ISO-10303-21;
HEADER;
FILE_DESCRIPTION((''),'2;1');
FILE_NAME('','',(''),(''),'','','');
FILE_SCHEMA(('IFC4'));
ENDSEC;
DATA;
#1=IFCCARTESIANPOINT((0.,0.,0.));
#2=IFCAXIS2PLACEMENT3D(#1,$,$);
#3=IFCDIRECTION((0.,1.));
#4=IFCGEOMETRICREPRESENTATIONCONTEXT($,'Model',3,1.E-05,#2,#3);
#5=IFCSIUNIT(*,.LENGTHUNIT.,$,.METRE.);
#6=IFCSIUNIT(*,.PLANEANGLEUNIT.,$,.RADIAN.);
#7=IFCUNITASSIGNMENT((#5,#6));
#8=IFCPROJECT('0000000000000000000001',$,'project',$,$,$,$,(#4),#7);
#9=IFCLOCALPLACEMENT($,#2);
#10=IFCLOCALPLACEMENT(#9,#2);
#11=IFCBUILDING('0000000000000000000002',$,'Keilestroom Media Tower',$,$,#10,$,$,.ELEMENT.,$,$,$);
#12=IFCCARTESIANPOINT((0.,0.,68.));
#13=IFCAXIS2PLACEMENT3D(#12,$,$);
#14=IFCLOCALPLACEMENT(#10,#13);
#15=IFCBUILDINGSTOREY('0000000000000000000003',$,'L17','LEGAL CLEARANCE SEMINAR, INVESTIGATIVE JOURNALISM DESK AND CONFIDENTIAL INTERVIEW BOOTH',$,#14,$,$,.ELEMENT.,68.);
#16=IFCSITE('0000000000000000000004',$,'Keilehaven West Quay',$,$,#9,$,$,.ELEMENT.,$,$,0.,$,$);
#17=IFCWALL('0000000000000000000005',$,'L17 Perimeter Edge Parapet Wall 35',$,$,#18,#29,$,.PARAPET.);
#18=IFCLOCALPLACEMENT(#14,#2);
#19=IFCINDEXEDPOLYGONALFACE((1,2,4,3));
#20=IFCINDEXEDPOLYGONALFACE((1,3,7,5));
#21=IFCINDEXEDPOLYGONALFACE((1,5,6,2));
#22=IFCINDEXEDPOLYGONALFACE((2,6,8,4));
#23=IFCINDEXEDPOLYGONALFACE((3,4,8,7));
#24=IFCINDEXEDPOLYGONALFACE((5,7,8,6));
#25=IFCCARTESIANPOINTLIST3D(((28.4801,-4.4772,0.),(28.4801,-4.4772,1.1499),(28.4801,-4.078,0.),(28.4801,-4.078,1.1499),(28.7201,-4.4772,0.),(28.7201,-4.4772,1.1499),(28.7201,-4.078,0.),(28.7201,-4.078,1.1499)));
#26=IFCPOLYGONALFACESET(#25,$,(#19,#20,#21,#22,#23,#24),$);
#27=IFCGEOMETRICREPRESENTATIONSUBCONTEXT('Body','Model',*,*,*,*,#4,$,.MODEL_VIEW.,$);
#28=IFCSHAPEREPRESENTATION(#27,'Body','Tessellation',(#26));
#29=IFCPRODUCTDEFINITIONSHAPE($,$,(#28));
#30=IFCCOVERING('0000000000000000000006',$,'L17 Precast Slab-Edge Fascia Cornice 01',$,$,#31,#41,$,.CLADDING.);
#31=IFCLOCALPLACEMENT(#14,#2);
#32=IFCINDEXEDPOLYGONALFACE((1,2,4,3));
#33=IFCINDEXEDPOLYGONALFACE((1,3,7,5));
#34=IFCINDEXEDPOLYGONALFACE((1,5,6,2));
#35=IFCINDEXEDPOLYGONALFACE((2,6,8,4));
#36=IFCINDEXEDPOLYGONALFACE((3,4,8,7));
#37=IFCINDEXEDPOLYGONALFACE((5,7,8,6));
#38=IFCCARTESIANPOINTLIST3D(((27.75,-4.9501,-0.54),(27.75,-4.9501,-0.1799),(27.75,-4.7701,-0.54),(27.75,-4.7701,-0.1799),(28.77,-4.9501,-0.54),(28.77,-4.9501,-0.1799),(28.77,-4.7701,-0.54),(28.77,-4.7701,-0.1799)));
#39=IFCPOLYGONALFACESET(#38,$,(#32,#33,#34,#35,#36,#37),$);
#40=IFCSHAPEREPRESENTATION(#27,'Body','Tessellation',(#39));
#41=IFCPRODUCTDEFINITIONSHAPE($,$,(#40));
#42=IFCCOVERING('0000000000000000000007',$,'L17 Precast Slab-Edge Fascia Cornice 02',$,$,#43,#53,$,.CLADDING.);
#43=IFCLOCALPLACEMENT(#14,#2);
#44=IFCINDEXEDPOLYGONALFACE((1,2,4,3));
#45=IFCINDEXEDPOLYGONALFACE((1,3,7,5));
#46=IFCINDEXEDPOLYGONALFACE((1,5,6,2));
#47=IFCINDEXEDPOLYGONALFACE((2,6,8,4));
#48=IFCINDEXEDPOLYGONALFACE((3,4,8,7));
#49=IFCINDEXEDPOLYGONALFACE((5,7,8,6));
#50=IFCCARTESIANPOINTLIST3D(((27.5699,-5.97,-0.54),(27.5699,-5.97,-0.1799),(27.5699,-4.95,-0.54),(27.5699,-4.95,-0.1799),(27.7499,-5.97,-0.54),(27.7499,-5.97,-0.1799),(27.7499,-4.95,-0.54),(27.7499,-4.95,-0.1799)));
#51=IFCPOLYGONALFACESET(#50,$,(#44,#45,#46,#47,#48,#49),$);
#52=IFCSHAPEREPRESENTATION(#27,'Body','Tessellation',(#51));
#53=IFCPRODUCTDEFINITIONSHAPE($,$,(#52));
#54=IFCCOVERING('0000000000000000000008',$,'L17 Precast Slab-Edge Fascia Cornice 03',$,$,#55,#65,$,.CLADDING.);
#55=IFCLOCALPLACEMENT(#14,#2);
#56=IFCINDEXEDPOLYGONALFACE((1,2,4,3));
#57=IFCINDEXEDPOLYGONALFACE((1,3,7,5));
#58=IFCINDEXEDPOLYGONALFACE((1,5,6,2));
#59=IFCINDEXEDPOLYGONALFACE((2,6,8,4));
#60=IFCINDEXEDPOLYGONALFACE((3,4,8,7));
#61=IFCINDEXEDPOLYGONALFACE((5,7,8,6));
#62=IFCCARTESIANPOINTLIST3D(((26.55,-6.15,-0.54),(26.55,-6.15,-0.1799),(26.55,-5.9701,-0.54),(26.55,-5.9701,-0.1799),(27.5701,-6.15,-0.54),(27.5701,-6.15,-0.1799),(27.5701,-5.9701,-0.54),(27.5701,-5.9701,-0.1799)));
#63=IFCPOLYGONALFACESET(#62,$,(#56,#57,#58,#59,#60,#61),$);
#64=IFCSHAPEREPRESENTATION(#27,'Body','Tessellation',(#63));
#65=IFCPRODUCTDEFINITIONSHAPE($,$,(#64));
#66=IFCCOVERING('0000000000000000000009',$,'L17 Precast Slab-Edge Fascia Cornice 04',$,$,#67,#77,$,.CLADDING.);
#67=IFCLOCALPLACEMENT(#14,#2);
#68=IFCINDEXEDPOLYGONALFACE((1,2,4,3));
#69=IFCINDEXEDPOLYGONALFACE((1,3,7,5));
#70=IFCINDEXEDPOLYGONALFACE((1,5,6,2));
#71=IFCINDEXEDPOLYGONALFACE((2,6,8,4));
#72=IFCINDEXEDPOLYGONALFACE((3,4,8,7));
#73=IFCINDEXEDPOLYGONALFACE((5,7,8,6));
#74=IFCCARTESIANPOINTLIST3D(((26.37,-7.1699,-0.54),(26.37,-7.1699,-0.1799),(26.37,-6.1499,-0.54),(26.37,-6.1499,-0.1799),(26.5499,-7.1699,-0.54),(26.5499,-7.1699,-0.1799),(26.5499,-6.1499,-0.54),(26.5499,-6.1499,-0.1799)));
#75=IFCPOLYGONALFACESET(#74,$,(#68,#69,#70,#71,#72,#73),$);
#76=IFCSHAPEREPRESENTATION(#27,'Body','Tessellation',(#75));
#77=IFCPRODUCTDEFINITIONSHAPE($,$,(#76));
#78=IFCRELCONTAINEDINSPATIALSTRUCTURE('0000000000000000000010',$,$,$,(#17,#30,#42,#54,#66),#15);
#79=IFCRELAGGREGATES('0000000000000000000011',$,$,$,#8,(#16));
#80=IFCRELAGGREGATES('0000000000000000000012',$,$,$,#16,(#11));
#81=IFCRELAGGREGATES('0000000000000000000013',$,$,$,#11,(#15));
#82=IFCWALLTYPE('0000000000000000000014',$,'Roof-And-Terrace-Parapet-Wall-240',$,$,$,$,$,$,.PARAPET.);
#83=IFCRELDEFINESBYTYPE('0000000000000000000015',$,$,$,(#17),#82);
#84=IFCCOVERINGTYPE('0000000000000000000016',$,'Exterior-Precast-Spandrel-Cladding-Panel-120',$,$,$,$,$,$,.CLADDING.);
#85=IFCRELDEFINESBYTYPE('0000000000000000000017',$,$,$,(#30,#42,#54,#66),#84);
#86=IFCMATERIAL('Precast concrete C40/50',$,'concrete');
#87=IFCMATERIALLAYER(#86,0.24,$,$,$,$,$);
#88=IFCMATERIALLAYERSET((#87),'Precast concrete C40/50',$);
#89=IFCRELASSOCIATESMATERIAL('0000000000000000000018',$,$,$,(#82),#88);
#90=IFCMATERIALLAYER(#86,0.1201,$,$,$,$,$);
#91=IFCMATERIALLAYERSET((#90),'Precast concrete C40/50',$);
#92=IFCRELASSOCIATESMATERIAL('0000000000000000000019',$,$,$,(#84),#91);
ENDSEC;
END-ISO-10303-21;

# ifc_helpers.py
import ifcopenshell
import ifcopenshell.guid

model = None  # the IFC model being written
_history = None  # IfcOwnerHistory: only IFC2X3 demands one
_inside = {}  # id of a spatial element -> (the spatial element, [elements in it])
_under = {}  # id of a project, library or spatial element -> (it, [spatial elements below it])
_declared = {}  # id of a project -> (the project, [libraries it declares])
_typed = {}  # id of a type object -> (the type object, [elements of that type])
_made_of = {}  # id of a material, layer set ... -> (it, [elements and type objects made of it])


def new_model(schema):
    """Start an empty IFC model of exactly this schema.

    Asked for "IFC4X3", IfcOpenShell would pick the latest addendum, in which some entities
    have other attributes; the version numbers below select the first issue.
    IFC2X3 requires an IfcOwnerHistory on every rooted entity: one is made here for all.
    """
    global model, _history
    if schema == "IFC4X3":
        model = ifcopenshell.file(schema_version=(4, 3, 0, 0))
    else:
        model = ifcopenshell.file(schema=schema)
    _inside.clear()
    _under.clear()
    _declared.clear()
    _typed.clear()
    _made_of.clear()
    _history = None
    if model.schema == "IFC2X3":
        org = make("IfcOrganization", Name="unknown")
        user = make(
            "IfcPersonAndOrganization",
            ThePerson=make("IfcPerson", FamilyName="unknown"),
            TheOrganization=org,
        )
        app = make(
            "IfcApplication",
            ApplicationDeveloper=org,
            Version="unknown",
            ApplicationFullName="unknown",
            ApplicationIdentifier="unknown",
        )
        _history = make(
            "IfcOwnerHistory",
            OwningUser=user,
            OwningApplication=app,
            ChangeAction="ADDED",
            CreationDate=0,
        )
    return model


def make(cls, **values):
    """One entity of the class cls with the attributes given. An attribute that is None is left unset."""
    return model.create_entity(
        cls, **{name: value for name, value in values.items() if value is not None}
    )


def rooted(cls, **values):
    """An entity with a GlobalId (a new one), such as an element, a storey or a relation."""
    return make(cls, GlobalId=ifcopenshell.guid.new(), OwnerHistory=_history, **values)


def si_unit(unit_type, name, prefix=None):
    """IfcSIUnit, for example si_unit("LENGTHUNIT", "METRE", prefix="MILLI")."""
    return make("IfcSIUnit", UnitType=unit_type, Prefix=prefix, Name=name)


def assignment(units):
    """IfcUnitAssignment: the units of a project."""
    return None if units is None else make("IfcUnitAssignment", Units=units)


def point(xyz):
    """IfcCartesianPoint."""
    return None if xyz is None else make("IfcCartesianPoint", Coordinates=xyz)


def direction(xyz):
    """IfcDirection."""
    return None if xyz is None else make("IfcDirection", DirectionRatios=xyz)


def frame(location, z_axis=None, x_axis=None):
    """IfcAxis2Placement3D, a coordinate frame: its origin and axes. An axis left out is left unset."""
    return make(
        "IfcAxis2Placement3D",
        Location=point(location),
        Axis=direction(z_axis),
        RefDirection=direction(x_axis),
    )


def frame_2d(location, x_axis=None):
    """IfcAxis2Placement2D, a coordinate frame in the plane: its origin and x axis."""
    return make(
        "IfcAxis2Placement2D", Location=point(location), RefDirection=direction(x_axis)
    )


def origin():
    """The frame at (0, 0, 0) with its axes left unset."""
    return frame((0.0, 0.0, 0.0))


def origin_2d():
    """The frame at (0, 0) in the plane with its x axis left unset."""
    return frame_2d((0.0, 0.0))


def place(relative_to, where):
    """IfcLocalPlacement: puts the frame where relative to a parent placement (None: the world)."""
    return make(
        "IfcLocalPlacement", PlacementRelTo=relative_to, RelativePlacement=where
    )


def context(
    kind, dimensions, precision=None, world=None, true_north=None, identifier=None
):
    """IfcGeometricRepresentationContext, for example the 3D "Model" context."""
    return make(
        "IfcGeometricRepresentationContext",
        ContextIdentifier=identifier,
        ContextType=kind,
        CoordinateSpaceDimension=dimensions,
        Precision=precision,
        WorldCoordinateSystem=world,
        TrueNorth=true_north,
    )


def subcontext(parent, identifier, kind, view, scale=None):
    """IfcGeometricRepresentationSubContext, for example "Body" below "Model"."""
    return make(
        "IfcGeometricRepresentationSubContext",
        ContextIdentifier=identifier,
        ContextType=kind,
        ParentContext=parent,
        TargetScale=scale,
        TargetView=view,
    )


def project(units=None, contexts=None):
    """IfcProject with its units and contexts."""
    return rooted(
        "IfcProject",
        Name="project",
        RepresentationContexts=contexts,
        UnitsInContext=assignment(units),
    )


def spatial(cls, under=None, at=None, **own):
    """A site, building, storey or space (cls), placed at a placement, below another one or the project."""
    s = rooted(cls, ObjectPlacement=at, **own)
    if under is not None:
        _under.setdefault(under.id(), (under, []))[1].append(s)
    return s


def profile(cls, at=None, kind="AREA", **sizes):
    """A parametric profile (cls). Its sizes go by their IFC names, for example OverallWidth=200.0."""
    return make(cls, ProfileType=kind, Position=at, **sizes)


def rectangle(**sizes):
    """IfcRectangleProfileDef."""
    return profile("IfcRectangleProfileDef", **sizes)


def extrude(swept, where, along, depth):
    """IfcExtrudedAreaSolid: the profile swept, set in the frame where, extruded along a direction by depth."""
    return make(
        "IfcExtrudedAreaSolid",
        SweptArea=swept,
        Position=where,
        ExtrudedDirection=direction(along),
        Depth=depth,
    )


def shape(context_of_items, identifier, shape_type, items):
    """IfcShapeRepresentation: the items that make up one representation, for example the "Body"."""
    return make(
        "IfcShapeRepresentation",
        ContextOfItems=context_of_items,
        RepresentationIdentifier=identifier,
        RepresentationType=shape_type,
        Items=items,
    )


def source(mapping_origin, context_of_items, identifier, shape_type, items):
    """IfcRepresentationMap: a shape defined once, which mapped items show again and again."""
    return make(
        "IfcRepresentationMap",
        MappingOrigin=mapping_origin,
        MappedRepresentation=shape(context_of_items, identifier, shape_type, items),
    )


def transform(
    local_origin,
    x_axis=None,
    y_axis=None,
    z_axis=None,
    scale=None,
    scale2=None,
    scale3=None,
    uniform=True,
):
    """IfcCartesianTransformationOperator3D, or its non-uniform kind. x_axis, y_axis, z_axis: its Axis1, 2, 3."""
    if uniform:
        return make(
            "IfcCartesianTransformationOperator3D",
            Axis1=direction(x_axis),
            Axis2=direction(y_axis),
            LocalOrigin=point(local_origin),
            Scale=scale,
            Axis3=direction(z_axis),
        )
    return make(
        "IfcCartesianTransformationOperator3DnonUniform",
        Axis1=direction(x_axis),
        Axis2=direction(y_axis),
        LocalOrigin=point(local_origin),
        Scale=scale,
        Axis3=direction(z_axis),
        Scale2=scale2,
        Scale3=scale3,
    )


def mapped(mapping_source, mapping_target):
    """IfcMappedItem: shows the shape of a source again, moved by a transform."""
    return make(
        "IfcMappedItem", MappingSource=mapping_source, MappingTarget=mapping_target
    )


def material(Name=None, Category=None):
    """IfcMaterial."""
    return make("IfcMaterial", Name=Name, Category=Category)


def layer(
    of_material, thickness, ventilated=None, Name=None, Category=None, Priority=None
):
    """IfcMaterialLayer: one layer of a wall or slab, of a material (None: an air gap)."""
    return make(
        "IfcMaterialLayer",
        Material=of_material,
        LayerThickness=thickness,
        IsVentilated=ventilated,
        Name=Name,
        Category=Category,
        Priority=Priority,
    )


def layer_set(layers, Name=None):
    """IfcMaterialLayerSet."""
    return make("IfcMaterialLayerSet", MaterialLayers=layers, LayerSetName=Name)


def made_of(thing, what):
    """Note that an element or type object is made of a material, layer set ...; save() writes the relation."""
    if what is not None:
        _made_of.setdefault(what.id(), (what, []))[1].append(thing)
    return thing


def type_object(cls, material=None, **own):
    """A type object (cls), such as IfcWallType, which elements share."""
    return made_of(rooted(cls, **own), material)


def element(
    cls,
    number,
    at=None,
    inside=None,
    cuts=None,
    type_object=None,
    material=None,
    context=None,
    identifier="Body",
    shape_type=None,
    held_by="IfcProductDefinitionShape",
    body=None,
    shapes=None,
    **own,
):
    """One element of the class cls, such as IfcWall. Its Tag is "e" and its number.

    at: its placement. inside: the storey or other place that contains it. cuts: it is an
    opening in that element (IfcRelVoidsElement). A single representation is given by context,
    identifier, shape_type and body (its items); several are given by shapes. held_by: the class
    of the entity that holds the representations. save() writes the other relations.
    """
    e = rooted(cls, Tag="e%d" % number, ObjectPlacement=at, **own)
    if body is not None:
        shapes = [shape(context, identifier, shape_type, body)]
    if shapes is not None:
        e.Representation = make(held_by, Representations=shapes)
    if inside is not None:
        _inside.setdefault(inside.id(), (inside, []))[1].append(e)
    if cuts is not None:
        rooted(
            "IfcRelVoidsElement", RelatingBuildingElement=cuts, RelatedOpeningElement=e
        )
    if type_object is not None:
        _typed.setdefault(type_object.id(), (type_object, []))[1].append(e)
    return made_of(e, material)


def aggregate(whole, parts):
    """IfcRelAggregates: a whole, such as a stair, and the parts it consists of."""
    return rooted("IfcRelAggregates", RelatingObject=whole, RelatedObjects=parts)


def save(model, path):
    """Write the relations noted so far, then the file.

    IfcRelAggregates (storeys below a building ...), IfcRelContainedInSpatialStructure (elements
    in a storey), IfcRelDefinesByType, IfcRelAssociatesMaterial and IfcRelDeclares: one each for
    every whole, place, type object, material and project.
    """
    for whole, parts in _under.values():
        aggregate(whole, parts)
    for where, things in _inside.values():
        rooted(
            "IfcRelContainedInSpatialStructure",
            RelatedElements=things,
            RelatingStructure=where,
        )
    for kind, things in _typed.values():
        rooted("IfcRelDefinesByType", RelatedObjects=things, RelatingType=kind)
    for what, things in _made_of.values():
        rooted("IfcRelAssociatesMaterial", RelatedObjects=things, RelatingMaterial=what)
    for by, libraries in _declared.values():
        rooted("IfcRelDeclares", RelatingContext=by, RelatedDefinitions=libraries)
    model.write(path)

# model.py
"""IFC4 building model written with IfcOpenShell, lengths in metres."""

from ifc_helpers import new_model, si_unit, direction, frame, frame_2d, origin, origin_2d, place, context, subcontext, project, spatial, rectangle, extrude, source, transform, mapped, material, layer, layer_set, type_object, element, save


model = new_model("IFC4")

# Units and contexts
model_context = context("Model", 3, precision=1e-05, world=origin(), true_north=direction((0.0, 1.0)))
body_context = subcontext(model_context, "Body", "Model", "MODEL_VIEW")
ifc_project = project(units=[si_unit("LENGTHUNIT", "METRE"), si_unit("PLANEANGLEUNIT", "RADIAN")], contexts=[model_context])

# Site, building, storey
site_placement = place(None, origin())
site = spatial("IfcSite", under=ifc_project, at=site_placement, Name="Keilehaven West Quay", CompositionType="ELEMENT", RefElevation=0.0)
building_placement = place(site_placement, origin())
building = spatial("IfcBuilding", under=site, at=building_placement, Name="Keilestroom Media Tower", CompositionType="ELEMENT")
storey_placement = place(building_placement, frame((0.0, 0.0, 68.0)))
storey = spatial("IfcBuildingStorey", under=building, at=storey_placement, Name="L17", Description="LEGAL CLEARANCE SEMINAR, INVESTIGATIVE JOURNALISM DESK AND CONFIDENTIAL INTERVIEW BOOTH", CompositionType="ELEMENT", Elevation=68.0)

# Shared definitions
ifc_material_1 = material(Name="Precast concrete C40/50", Category="concrete")

# Wall
ifc_layer_1 = layer(ifc_material_1, 0.24)
ifc_layer_set_1 = layer_set([ifc_layer_1], Name="Precast concrete C40/50")
wall_type = type_object("IfcWallType", Name="Roof-And-Terrace-Parapet-Wall-240", PredefinedType="PARAPET", material=ifc_layer_set_1)
wall_1_placement = place(storey_placement, frame((28.6001, -4.0779, 0.0), z_axis=(0.0, 0.0, 1.0), x_axis=(0.0, -1.0, 0.0)))
element("IfcWall", 1, at=wall_1_placement, inside=storey, type_object=wall_type, Name="L17 Perimeter Edge Parapet Wall 35", PredefinedType="PARAPET", context=body_context, shape_type="SweptSolid", body=[
    extrude(rectangle(XDim=0.3992, YDim=0.24, at=frame_2d((0.1997, 0.0))), origin(), (0.0, 0.0, 1.0), 1.1499),
])

# Coverings
ifc_layer_2 = layer(ifc_material_1, 0.1201)
ifc_layer_set_2 = layer_set([ifc_layer_2], Name="Precast concrete C40/50")
covering_type = type_object("IfcCoveringType", Name="Exterior-Precast-Spandrel-Cladding-Panel-120", PredefinedType="CLADDING", material=ifc_layer_set_2)
shared_shape_1 = source(origin(), body_context, "Body", "SweptSolid", [
    extrude(rectangle(XDim=1.02, YDim=0.1799, at=origin_2d()), origin(), (0.0, 0.0, 1.0), 0.3601),
])
for number, where, z_axis, x_axis, name in (
    (2, (28.26, -4.8601, -0.54), (0.0, 0.0, 1.0), (-1.0, 0.0, 0.0), "L17 Precast Slab-Edge Fascia Cornice 01"),
    (3, (27.6599, -5.46, -0.54), (0.0, 0.0, 1.0), (0.0, -1.0, 0.0), "L17 Precast Slab-Edge Fascia Cornice 02"),
    (4, (27.0601, -6.0601, -0.54), (0.0, 0.0, 1.0), (-1.0, 0.0, 0.0), "L17 Precast Slab-Edge Fascia Cornice 03"),
    (5, (26.46, -6.6599, -0.54), (0.0, 0.0, 1.0), (0.0, -1.0, 0.0), "L17 Precast Slab-Edge Fascia Cornice 04"),
):
    element("IfcCovering", number, at=place(storey_placement, frame(where, z_axis=z_axis, x_axis=x_axis)), inside=storey, type_object=covering_type, Name=name, PredefinedType="CLADDING", context=body_context, shape_type="MappedRepresentation", body=[
        mapped(shared_shape_1, transform((0.0, 0.0, 0.0), x_axis=(1.0, 0.0, 0.0), y_axis=(0.0, 1.0, 0.0), z_axis=(0.0, 0.0, 1.0), scale=1.0)),
    ])

save(model, "model.ifc")
